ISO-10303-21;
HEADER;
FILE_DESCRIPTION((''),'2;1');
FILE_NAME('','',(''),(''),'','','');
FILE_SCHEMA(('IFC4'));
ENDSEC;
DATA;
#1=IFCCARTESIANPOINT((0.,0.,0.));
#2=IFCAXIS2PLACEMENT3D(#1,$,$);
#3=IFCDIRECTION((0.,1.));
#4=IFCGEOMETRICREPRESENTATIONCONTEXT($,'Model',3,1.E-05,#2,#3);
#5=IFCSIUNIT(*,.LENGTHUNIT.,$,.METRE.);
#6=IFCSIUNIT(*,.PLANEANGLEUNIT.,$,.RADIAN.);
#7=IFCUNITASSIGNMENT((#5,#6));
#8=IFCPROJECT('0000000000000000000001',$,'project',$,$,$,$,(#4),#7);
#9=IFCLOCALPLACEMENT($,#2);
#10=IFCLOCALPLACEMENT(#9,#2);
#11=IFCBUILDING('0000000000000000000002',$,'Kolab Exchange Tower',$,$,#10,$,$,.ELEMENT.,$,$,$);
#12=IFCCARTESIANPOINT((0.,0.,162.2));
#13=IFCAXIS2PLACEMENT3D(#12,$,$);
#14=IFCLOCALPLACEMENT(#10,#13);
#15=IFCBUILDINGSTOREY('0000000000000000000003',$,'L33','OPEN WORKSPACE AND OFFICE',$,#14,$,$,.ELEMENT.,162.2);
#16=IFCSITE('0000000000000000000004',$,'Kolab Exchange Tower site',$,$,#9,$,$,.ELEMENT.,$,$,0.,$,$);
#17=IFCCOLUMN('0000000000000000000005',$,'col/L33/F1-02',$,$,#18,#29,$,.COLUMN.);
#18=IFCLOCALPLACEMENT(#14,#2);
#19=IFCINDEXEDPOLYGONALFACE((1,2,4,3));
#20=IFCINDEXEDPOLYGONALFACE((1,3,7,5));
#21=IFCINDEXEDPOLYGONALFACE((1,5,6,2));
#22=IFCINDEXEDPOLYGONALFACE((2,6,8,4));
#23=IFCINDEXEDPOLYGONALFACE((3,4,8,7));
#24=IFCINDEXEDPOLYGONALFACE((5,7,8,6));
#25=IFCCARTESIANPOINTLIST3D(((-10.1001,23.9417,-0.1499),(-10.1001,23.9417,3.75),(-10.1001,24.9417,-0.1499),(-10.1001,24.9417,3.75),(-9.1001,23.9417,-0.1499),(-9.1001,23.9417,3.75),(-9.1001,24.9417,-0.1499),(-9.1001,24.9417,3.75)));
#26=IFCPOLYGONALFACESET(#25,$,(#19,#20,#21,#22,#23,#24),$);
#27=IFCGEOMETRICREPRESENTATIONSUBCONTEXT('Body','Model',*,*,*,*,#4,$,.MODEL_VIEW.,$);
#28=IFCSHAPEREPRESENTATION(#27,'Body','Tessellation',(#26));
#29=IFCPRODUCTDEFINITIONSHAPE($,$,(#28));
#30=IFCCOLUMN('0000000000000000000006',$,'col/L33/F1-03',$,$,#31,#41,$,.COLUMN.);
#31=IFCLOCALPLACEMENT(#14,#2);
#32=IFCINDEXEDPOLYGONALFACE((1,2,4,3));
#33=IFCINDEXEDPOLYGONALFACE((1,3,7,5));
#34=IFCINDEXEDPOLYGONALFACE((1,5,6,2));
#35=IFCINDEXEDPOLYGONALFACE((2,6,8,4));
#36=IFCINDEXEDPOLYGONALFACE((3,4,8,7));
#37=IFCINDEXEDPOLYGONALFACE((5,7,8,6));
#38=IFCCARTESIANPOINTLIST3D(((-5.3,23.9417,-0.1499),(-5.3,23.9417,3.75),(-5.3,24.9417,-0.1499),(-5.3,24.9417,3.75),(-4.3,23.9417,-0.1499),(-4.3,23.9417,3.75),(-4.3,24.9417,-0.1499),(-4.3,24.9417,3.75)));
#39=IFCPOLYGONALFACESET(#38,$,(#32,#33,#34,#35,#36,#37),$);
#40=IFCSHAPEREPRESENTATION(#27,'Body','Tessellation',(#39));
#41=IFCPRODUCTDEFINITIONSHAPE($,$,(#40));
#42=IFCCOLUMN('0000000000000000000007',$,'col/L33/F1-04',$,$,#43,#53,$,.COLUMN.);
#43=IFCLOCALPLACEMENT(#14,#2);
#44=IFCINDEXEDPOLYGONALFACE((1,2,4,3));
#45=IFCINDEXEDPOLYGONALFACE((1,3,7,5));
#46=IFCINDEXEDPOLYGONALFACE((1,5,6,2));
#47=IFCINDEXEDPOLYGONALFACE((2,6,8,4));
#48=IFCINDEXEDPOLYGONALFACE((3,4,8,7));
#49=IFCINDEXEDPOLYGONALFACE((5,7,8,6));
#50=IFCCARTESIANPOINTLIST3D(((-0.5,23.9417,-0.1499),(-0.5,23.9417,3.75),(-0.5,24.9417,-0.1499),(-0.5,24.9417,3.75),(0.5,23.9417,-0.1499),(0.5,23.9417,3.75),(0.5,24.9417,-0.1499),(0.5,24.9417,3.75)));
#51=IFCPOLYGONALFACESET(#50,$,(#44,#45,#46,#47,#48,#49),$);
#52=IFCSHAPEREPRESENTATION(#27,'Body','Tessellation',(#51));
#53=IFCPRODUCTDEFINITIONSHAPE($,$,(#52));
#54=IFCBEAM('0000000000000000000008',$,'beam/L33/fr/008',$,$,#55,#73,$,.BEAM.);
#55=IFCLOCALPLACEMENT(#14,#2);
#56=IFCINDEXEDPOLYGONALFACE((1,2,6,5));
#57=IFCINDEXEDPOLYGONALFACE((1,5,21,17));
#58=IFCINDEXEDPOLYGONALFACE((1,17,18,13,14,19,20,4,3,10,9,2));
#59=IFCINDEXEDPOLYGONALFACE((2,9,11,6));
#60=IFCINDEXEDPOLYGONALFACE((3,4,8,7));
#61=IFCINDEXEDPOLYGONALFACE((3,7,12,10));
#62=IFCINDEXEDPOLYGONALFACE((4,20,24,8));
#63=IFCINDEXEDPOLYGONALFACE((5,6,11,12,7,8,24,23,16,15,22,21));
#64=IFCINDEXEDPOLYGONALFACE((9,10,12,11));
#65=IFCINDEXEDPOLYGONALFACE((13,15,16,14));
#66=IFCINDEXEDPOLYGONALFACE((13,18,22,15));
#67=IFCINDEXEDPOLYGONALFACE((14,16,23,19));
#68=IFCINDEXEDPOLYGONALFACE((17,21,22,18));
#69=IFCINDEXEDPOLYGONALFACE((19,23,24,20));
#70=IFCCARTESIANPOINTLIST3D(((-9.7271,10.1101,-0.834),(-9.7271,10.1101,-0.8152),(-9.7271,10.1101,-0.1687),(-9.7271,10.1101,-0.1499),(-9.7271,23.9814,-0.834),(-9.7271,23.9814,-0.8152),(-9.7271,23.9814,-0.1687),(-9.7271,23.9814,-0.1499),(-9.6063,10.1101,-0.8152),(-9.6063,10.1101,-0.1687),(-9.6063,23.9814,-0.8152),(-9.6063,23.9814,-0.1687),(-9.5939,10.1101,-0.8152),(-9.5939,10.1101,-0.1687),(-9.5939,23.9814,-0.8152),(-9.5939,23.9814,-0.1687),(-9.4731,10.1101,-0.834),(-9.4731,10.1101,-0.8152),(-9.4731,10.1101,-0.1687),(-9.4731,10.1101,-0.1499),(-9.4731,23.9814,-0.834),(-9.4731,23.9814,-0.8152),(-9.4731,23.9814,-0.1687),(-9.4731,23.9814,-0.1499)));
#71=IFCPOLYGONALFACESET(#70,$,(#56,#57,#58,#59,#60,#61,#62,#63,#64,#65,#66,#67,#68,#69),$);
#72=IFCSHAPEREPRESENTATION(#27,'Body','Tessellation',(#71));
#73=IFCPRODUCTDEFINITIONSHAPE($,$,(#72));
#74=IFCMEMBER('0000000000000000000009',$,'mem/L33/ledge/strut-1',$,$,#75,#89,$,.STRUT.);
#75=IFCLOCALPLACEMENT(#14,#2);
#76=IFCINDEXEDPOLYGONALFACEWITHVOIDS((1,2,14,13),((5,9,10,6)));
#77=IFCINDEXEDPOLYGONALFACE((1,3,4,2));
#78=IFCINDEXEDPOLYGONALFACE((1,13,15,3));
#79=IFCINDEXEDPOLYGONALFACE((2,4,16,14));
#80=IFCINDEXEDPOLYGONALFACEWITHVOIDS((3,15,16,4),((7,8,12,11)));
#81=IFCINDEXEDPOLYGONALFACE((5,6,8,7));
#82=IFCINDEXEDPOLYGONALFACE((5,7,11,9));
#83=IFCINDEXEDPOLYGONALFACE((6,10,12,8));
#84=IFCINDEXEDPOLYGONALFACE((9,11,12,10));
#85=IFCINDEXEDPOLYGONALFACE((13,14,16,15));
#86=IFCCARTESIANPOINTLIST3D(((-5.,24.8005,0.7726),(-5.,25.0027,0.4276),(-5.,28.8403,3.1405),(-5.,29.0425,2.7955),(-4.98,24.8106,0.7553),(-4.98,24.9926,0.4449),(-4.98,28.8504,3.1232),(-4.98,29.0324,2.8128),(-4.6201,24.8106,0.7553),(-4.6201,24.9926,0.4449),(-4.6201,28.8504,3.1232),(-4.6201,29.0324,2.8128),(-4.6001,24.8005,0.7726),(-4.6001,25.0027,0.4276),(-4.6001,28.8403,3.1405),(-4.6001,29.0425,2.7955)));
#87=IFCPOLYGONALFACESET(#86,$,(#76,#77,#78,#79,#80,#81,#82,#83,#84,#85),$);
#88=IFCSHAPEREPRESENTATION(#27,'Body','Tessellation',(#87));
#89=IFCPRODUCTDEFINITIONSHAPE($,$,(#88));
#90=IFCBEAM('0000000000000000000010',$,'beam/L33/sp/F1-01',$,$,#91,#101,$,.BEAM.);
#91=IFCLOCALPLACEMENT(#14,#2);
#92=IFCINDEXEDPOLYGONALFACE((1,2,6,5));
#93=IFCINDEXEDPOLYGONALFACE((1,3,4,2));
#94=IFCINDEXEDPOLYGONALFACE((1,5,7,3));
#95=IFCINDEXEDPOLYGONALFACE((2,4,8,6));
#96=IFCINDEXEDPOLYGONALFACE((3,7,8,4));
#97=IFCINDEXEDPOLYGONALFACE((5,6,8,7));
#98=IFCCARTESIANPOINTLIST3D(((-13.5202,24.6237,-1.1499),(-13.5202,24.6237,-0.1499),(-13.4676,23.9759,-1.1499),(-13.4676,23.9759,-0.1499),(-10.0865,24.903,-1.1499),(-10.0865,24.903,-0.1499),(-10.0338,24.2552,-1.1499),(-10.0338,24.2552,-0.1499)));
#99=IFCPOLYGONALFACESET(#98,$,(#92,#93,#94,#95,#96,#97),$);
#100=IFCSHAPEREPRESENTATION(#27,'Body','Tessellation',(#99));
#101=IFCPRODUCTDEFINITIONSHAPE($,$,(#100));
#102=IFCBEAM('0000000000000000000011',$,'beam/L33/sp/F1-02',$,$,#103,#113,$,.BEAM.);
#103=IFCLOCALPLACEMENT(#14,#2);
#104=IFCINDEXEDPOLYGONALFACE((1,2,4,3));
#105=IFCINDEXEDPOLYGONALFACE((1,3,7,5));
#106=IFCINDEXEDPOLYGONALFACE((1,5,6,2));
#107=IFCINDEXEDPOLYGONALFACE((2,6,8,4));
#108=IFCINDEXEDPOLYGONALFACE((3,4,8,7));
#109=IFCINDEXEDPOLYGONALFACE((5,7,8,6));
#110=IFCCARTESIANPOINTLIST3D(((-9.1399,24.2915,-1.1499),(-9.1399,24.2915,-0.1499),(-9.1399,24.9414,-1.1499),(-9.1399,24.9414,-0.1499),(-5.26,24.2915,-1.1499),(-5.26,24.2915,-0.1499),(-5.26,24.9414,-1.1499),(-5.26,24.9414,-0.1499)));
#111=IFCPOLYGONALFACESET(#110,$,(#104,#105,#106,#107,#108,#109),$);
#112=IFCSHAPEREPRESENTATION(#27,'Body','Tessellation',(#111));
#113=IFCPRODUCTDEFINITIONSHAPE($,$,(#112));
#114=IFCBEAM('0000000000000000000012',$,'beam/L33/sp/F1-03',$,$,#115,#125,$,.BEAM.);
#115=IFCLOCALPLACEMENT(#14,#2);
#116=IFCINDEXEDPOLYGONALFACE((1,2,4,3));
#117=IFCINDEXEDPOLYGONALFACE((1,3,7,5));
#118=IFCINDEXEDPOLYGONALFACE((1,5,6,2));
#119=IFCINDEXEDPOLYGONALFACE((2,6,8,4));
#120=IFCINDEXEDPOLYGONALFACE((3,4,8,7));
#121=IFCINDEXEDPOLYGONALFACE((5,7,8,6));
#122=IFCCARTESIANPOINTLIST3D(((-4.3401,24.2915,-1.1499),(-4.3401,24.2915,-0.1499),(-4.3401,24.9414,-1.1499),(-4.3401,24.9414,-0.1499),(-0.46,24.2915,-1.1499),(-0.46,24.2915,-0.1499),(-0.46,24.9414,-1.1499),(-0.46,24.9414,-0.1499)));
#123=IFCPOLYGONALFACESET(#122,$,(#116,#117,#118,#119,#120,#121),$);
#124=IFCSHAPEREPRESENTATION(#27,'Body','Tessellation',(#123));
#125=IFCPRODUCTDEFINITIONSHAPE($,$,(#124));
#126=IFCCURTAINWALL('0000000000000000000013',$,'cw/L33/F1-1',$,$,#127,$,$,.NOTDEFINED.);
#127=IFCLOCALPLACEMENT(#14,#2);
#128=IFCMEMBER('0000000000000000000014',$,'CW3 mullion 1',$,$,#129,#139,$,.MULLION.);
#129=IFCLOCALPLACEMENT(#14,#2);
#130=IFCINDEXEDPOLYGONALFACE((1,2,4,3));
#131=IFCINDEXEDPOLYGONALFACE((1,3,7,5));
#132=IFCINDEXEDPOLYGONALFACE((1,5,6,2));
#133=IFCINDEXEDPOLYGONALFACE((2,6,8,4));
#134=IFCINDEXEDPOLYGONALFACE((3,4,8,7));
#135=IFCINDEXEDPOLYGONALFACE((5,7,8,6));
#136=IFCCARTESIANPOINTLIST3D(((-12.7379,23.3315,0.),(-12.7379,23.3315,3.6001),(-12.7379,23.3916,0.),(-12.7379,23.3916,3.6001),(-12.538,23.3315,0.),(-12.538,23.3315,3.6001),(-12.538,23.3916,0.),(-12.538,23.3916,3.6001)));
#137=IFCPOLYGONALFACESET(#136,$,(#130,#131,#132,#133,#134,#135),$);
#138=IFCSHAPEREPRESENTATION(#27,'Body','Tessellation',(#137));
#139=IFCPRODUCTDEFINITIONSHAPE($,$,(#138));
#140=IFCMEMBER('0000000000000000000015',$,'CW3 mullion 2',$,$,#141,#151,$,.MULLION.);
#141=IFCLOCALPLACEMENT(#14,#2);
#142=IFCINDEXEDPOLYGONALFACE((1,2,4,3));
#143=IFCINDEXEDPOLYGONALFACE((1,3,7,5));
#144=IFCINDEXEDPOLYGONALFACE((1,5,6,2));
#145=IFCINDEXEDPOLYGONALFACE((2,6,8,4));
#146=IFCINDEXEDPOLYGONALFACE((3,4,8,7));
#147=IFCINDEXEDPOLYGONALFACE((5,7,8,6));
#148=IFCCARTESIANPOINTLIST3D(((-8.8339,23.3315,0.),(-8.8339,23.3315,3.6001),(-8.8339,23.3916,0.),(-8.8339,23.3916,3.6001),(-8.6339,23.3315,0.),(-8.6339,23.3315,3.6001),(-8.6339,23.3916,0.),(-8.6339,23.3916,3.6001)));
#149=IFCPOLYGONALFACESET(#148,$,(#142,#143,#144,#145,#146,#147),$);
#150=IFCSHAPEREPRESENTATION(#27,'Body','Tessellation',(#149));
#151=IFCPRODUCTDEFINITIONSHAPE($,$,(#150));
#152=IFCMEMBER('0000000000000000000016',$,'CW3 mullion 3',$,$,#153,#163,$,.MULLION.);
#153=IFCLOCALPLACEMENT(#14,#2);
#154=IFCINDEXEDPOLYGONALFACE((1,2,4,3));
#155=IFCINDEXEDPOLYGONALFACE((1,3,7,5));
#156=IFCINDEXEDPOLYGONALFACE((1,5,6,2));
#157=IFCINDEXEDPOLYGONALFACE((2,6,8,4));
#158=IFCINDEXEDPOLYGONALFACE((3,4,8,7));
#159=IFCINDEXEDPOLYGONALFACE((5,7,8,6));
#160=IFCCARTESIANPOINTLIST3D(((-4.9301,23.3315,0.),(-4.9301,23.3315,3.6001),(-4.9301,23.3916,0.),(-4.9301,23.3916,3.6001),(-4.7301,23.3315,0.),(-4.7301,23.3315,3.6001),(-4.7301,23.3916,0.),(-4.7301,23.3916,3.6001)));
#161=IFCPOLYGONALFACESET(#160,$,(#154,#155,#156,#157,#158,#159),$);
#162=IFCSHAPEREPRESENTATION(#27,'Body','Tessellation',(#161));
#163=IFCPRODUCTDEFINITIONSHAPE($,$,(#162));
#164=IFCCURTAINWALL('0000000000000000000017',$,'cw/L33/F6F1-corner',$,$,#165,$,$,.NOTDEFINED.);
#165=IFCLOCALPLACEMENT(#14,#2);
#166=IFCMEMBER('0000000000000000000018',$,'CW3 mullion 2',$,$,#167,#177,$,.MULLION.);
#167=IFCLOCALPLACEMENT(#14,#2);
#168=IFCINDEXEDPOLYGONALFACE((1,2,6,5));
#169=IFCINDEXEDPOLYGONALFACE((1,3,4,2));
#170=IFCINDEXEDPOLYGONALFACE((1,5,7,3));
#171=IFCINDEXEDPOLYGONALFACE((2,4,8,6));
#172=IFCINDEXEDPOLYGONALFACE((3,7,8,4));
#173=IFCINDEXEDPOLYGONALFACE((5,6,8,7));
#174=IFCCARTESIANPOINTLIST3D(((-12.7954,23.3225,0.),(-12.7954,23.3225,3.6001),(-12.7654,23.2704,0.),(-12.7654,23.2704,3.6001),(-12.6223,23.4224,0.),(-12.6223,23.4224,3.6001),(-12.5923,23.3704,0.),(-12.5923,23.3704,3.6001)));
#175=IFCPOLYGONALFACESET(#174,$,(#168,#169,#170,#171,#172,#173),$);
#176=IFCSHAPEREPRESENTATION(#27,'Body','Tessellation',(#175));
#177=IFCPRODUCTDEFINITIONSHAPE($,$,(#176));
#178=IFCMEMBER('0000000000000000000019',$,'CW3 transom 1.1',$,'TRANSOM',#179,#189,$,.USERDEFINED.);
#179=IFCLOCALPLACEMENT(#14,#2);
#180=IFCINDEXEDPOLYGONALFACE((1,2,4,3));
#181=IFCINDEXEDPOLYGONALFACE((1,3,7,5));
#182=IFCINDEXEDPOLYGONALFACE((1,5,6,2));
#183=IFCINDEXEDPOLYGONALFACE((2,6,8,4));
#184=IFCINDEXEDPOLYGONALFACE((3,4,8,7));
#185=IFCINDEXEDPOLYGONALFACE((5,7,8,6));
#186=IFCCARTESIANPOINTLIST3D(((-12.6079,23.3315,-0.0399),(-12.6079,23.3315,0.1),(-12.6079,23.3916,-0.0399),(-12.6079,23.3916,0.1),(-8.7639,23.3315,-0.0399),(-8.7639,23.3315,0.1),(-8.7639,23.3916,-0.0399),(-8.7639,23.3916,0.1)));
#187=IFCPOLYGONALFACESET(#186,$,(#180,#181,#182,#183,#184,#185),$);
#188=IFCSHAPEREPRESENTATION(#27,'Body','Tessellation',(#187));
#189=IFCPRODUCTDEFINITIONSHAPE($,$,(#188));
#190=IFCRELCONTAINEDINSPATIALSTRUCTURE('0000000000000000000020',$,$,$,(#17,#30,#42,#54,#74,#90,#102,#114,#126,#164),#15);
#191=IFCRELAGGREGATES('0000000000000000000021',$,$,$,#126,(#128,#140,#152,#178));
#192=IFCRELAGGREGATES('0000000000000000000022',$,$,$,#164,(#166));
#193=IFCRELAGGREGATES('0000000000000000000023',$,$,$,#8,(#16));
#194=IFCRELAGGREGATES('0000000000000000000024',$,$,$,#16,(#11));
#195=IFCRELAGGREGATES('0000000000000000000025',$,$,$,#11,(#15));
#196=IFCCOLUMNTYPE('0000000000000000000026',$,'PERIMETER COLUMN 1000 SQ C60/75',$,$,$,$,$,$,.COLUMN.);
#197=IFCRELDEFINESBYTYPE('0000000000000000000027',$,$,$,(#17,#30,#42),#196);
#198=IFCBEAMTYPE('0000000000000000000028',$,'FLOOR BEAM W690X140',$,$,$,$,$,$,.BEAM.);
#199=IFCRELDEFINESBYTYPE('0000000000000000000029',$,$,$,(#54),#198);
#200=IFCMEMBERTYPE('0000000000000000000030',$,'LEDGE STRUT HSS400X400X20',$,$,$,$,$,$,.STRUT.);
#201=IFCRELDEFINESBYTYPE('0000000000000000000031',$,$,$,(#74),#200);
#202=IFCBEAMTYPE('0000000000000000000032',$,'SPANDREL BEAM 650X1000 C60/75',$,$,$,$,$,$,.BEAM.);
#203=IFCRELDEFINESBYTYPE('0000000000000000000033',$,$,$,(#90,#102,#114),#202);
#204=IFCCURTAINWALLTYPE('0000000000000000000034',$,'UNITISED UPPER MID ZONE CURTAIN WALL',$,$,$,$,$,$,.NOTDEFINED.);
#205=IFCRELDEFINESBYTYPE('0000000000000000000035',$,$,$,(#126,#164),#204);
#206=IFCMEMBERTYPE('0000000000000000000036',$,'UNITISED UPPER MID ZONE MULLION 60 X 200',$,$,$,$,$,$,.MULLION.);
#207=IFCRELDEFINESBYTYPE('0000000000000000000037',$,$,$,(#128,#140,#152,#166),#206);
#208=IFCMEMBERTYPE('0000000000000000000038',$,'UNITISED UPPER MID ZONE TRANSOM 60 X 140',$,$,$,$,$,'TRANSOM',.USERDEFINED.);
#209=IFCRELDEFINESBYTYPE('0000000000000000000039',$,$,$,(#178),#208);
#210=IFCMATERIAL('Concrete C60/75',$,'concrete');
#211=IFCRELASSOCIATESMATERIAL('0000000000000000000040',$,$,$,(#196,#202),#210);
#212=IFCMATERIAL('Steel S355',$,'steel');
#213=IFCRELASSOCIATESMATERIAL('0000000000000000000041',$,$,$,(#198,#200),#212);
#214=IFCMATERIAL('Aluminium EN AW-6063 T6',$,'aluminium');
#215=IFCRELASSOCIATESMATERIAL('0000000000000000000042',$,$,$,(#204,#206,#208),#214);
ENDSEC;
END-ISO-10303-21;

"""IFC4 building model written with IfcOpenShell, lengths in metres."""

from ifc_helpers import new_model, si_unit, direction, frame, origin, origin_2d, place, context, subcontext, project, spatial, rectangle, hollow_rectangle, i_section, extrude, material, material_profile, profile_set, type_object, element, aggregate, save


model = new_model("IFC4")

# Units and contexts
model_context = context("Model", 3, precision=1e-05, world=origin(), true_north=direction((0.0, 1.0)))
body_context = subcontext(model_context, "Body", "Model", "MODEL_VIEW")
ifc_project = project(units=[si_unit("LENGTHUNIT", "METRE"), si_unit("PLANEANGLEUNIT", "RADIAN")], contexts=[model_context])

# Site, building, storey
site_placement = place(None, origin())
site = spatial("IfcSite", under=ifc_project, at=site_placement, Name="Kolab Exchange Tower site", CompositionType="ELEMENT", RefElevation=0.0)
building_placement = place(site_placement, origin())
building = spatial("IfcBuilding", under=site, at=building_placement, Name="Kolab Exchange Tower", CompositionType="ELEMENT")
storey_placement = place(building_placement, frame((0.0, 0.0, 162.2)))
storey = spatial("IfcBuildingStorey", under=building, at=storey_placement, Name="L33", Description="OPEN WORKSPACE AND OFFICE", CompositionType="ELEMENT", Elevation=162.2)

# Columns
ifc_material_1 = material(Name="Concrete C60/75", Category="concrete")
ifc_material_profile_1 = material_profile(ifc_material_1, rectangle(XDim=1.0, YDim=1.0, at=origin_2d()), Name="RC1000")
ifc_profile_set_1 = profile_set([ifc_material_profile_1], Name="Concrete C60/75")
column_type = type_object("IfcColumnType", Name="PERIMETER COLUMN 1000 SQ C60/75", PredefinedType="COLUMN", material=ifc_profile_set_1)
for number, where, z_axis, x_axis, name in (
    (1, (-9.6001, 24.4417, -0.1499), (0.0, 0.0, 1.0), (1.0, 0.0, 0.0), "col/L33/F1-02"),
    (2, (-4.8, 24.4417, -0.1499), (0.0, 0.0, 1.0), (1.0, 0.0, 0.0), "col/L33/F1-03"),
    (3, (0.0, 24.4417, -0.1499), (0.0, 0.0, 1.0), (1.0, 0.0, 0.0), "col/L33/F1-04"),
):
    element("IfcColumn", number, at=place(storey_placement, frame(where, z_axis=z_axis, x_axis=x_axis)), inside=storey, type_object=column_type, Name=name, PredefinedType="COLUMN", context=body_context, shape_type="SweptSolid", body=[
        extrude(rectangle(XDim=1.0, YDim=1.0, at=origin_2d()), origin(), (0.0, 0.0, 1.0), 3.8999),
    ])

# Beam
ifc_material_2 = material(Name="Steel S355", Category="steel")
ifc_material_profile_2 = material_profile(ifc_material_2, i_section(OverallWidth=0.2539, OverallDepth=0.6841, WebThickness=0.0125, FlangeThickness=0.0188, at=origin_2d()), Name="W690X140")
ifc_profile_set_2 = profile_set([ifc_material_profile_2], Name="Steel S355")
beam_type_1 = type_object("IfcBeamType", Name="FLOOR BEAM W690X140", PredefinedType="BEAM", material=ifc_profile_set_2)
beam_1_placement = place(storey_placement, frame((-9.6001, 10.1101, -0.4919), z_axis=(0.0, 1.0, 0.0), x_axis=(-1.0, 0.0, 0.0)))
element("IfcBeam", 4, at=beam_1_placement, inside=storey, type_object=beam_type_1, Name="beam/L33/fr/008", PredefinedType="BEAM", context=body_context, shape_type="SweptSolid", body=[
    extrude(i_section(OverallWidth=0.2539, OverallDepth=0.6841, WebThickness=0.0125, FlangeThickness=0.0188, at=origin_2d()), origin(), (0.0, 0.0, 1.0), 13.8713),
])

# Member
ifc_material_profile_3 = material_profile(ifc_material_2, hollow_rectangle(XDim=0.3999, YDim=0.3999, WallThickness=0.02, at=origin_2d()), Name="HSS400X400X20")
ifc_profile_set_3 = profile_set([ifc_material_profile_3], Name="Steel S355")
member_type_1 = type_object("IfcMemberType", Name="LEDGE STRUT HSS400X400X20", PredefinedType="STRUT", material=ifc_profile_set_3)
member_1_placement = place(storey_placement, frame((-4.8, 24.9016, 0.6001), z_axis=(0.0, 0.86272, 0.505682), x_axis=(-1.0, 0.0, 0.0)))
element("IfcMember", 5, at=member_1_placement, inside=storey, type_object=member_type_1, Name="mem/L33/ledge/strut-1", PredefinedType="STRUT", context=body_context, shape_type="SweptSolid", body=[
    extrude(hollow_rectangle(XDim=0.3999, YDim=0.3999, WallThickness=0.02, at=origin_2d()), origin(), (0.0, 0.0, 1.0), 4.6826),
])

# Beams
ifc_material_profile_4 = material_profile(ifc_material_1, rectangle(XDim=0.6499, YDim=1.0, at=origin_2d()), Name="RC650X1000")
ifc_profile_set_4 = profile_set([ifc_material_profile_4], Name="Concrete C60/75")
beam_type_2 = type_object("IfcBeamType", Name="SPANDREL BEAM 650X1000 C60/75", PredefinedType="BEAM", material=ifc_profile_set_4)
beam_2_placement = place(storey_placement, frame((-13.4939, 24.2998, -0.6499), z_axis=(0.996708, 0.081069, 0.0), x_axis=(-0.081069, 0.996708, 0.0)))
element("IfcBeam", 6, at=beam_2_placement, inside=storey, type_object=beam_type_2, Name="beam/L33/sp/F1-01", PredefinedType="BEAM", context=body_context, shape_type="SweptSolid", body=[
    extrude(rectangle(XDim=0.6499, YDim=1.0, at=origin_2d()), origin(), (0.0, 0.0, 1.0), 3.4451),
])
beam_3_placement = place(storey_placement, frame((-9.1399, 24.6165, -0.6499), z_axis=(1.0, 0.0, 0.0), x_axis=(0.0, 1.0, 0.0)))
element("IfcBeam", 7, at=beam_3_placement, inside=storey, type_object=beam_type_2, Name="beam/L33/sp/F1-02", PredefinedType="BEAM", context=body_context, shape_type="SweptSolid", body=[
    extrude(rectangle(XDim=0.6499, YDim=1.0, at=origin_2d()), origin(), (0.0, 0.0, 1.0), 3.8799),
])
beam_4_placement = place(storey_placement, frame((-4.3401, 24.6165, -0.6499), z_axis=(1.0, 0.0, 0.0), x_axis=(0.0, 1.0, 0.0)))
element("IfcBeam", 8, at=beam_4_placement, inside=storey, type_object=beam_type_2, Name="beam/L33/sp/F1-03", PredefinedType="BEAM", context=body_context, shape_type="SweptSolid", body=[
    extrude(rectangle(XDim=0.6499, YDim=1.0, at=origin_2d()), origin(), (0.0, 0.0, 1.0), 3.8801),
])

# Curtain wall, members
ifc_material_3 = material(Name="Aluminium EN AW-6063 T6", Category="aluminium")
curtain_wall_type = type_object("IfcCurtainWallType", Name="UNITISED UPPER MID ZONE CURTAIN WALL", PredefinedType="NOTDEFINED", material=ifc_material_3)
curtain_wall_1_placement = place(storey_placement, origin())
curtain_wall_1 = element("IfcCurtainWall", 9, at=curtain_wall_1_placement, inside=storey, type_object=curtain_wall_type, Name="cw/L33/F1-1", PredefinedType="NOTDEFINED")
ifc_material_profile_5 = material_profile(ifc_material_3, rectangle(XDim=0.0601, YDim=0.2, at=origin_2d()), Name="RECT 60X200")
ifc_profile_set_5 = profile_set([ifc_material_profile_5], Name="Aluminium EN AW-6063 T6")
member_type_2 = type_object("IfcMemberType", Name="UNITISED UPPER MID ZONE MULLION 60 X 200", PredefinedType="MULLION", material=ifc_profile_set_5)
member_2_placement = place(storey_placement, frame((-12.6379, 23.3616, 0.0), z_axis=(0.0, 0.0, 1.0), x_axis=(0.0, 1.0, 0.0)))
member_2 = element("IfcMember", 10, at=member_2_placement, type_object=member_type_2, Name="CW3 mullion 1", PredefinedType="MULLION", context=body_context, shape_type="SweptSolid", body=[
    extrude(rectangle(XDim=0.0601, YDim=0.2, at=origin_2d()), origin(), (0.0, 0.0, 1.0), 3.6001),
])
member_3_placement = place(storey_placement, frame((-8.7339, 23.3616, 0.0), z_axis=(0.0, 0.0, 1.0), x_axis=(0.0, 1.0, 0.0)))
member_3 = element("IfcMember", 11, at=member_3_placement, type_object=member_type_2, Name="CW3 mullion 2", PredefinedType="MULLION", context=body_context, shape_type="SweptSolid", body=[
    extrude(rectangle(XDim=0.0601, YDim=0.2, at=origin_2d()), origin(), (0.0, 0.0, 1.0), 3.6001),
])
member_4_placement = place(storey_placement, frame((-4.8301, 23.3616, 0.0), z_axis=(0.0, 0.0, 1.0), x_axis=(0.0, 1.0, 0.0)))
member_4 = element("IfcMember", 12, at=member_4_placement, type_object=member_type_2, Name="CW3 mullion 3", PredefinedType="MULLION", context=body_context, shape_type="SweptSolid", body=[
    extrude(rectangle(XDim=0.0601, YDim=0.2, at=origin_2d()), origin(), (0.0, 0.0, 1.0), 3.6001),
])

# Curtain wall, member
curtain_wall_2_placement = place(storey_placement, origin())
curtain_wall_2 = element("IfcCurtainWall", 13, at=curtain_wall_2_placement, inside=storey, type_object=curtain_wall_type, Name="cw/L33/F6F1-corner", PredefinedType="NOTDEFINED")
member_5_placement = place(storey_placement, frame((-12.6938, 23.3464, 0.0), z_axis=(0.0, 0.0, 1.0), x_axis=(-0.5, 0.866025, 0.0)))
member_5 = element("IfcMember", 14, at=member_5_placement, type_object=member_type_2, Name="CW3 mullion 2", PredefinedType="MULLION", context=body_context, shape_type="SweptSolid", body=[
    extrude(rectangle(XDim=0.0601, YDim=0.2, at=origin_2d()), origin(), (0.0, 0.0, 1.0), 3.6001),
])

# Member
ifc_material_profile_6 = material_profile(ifc_material_3, rectangle(XDim=0.0601, YDim=0.1399, at=origin_2d()), Name="RECT 60X140")
ifc_profile_set_6 = profile_set([ifc_material_profile_6], Name="Aluminium EN AW-6063 T6")
member_type_3 = type_object("IfcMemberType", Name="UNITISED UPPER MID ZONE TRANSOM 60 X 140", ElementType="TRANSOM", PredefinedType="USERDEFINED", material=ifc_profile_set_6)
member_6_placement = place(storey_placement, frame((-12.6079, 23.3616, 0.03), z_axis=(1.0, 0.0, 0.0), x_axis=(0.0, 1.0, 0.0)))
member_6 = element("IfcMember", 15, at=member_6_placement, type_object=member_type_3, Name="CW3 transom 1.1", ObjectType="TRANSOM", PredefinedType="USERDEFINED", context=body_context, shape_type="SweptSolid", body=[
    extrude(rectangle(XDim=0.0601, YDim=0.1399, at=origin_2d()), origin(), (0.0, 0.0, 1.0), 3.844),
])

aggregate(curtain_wall_1, [member_2, member_3, member_4, member_6])
aggregate(curtain_wall_2, [member_5])

save(model, "model.ifc")
